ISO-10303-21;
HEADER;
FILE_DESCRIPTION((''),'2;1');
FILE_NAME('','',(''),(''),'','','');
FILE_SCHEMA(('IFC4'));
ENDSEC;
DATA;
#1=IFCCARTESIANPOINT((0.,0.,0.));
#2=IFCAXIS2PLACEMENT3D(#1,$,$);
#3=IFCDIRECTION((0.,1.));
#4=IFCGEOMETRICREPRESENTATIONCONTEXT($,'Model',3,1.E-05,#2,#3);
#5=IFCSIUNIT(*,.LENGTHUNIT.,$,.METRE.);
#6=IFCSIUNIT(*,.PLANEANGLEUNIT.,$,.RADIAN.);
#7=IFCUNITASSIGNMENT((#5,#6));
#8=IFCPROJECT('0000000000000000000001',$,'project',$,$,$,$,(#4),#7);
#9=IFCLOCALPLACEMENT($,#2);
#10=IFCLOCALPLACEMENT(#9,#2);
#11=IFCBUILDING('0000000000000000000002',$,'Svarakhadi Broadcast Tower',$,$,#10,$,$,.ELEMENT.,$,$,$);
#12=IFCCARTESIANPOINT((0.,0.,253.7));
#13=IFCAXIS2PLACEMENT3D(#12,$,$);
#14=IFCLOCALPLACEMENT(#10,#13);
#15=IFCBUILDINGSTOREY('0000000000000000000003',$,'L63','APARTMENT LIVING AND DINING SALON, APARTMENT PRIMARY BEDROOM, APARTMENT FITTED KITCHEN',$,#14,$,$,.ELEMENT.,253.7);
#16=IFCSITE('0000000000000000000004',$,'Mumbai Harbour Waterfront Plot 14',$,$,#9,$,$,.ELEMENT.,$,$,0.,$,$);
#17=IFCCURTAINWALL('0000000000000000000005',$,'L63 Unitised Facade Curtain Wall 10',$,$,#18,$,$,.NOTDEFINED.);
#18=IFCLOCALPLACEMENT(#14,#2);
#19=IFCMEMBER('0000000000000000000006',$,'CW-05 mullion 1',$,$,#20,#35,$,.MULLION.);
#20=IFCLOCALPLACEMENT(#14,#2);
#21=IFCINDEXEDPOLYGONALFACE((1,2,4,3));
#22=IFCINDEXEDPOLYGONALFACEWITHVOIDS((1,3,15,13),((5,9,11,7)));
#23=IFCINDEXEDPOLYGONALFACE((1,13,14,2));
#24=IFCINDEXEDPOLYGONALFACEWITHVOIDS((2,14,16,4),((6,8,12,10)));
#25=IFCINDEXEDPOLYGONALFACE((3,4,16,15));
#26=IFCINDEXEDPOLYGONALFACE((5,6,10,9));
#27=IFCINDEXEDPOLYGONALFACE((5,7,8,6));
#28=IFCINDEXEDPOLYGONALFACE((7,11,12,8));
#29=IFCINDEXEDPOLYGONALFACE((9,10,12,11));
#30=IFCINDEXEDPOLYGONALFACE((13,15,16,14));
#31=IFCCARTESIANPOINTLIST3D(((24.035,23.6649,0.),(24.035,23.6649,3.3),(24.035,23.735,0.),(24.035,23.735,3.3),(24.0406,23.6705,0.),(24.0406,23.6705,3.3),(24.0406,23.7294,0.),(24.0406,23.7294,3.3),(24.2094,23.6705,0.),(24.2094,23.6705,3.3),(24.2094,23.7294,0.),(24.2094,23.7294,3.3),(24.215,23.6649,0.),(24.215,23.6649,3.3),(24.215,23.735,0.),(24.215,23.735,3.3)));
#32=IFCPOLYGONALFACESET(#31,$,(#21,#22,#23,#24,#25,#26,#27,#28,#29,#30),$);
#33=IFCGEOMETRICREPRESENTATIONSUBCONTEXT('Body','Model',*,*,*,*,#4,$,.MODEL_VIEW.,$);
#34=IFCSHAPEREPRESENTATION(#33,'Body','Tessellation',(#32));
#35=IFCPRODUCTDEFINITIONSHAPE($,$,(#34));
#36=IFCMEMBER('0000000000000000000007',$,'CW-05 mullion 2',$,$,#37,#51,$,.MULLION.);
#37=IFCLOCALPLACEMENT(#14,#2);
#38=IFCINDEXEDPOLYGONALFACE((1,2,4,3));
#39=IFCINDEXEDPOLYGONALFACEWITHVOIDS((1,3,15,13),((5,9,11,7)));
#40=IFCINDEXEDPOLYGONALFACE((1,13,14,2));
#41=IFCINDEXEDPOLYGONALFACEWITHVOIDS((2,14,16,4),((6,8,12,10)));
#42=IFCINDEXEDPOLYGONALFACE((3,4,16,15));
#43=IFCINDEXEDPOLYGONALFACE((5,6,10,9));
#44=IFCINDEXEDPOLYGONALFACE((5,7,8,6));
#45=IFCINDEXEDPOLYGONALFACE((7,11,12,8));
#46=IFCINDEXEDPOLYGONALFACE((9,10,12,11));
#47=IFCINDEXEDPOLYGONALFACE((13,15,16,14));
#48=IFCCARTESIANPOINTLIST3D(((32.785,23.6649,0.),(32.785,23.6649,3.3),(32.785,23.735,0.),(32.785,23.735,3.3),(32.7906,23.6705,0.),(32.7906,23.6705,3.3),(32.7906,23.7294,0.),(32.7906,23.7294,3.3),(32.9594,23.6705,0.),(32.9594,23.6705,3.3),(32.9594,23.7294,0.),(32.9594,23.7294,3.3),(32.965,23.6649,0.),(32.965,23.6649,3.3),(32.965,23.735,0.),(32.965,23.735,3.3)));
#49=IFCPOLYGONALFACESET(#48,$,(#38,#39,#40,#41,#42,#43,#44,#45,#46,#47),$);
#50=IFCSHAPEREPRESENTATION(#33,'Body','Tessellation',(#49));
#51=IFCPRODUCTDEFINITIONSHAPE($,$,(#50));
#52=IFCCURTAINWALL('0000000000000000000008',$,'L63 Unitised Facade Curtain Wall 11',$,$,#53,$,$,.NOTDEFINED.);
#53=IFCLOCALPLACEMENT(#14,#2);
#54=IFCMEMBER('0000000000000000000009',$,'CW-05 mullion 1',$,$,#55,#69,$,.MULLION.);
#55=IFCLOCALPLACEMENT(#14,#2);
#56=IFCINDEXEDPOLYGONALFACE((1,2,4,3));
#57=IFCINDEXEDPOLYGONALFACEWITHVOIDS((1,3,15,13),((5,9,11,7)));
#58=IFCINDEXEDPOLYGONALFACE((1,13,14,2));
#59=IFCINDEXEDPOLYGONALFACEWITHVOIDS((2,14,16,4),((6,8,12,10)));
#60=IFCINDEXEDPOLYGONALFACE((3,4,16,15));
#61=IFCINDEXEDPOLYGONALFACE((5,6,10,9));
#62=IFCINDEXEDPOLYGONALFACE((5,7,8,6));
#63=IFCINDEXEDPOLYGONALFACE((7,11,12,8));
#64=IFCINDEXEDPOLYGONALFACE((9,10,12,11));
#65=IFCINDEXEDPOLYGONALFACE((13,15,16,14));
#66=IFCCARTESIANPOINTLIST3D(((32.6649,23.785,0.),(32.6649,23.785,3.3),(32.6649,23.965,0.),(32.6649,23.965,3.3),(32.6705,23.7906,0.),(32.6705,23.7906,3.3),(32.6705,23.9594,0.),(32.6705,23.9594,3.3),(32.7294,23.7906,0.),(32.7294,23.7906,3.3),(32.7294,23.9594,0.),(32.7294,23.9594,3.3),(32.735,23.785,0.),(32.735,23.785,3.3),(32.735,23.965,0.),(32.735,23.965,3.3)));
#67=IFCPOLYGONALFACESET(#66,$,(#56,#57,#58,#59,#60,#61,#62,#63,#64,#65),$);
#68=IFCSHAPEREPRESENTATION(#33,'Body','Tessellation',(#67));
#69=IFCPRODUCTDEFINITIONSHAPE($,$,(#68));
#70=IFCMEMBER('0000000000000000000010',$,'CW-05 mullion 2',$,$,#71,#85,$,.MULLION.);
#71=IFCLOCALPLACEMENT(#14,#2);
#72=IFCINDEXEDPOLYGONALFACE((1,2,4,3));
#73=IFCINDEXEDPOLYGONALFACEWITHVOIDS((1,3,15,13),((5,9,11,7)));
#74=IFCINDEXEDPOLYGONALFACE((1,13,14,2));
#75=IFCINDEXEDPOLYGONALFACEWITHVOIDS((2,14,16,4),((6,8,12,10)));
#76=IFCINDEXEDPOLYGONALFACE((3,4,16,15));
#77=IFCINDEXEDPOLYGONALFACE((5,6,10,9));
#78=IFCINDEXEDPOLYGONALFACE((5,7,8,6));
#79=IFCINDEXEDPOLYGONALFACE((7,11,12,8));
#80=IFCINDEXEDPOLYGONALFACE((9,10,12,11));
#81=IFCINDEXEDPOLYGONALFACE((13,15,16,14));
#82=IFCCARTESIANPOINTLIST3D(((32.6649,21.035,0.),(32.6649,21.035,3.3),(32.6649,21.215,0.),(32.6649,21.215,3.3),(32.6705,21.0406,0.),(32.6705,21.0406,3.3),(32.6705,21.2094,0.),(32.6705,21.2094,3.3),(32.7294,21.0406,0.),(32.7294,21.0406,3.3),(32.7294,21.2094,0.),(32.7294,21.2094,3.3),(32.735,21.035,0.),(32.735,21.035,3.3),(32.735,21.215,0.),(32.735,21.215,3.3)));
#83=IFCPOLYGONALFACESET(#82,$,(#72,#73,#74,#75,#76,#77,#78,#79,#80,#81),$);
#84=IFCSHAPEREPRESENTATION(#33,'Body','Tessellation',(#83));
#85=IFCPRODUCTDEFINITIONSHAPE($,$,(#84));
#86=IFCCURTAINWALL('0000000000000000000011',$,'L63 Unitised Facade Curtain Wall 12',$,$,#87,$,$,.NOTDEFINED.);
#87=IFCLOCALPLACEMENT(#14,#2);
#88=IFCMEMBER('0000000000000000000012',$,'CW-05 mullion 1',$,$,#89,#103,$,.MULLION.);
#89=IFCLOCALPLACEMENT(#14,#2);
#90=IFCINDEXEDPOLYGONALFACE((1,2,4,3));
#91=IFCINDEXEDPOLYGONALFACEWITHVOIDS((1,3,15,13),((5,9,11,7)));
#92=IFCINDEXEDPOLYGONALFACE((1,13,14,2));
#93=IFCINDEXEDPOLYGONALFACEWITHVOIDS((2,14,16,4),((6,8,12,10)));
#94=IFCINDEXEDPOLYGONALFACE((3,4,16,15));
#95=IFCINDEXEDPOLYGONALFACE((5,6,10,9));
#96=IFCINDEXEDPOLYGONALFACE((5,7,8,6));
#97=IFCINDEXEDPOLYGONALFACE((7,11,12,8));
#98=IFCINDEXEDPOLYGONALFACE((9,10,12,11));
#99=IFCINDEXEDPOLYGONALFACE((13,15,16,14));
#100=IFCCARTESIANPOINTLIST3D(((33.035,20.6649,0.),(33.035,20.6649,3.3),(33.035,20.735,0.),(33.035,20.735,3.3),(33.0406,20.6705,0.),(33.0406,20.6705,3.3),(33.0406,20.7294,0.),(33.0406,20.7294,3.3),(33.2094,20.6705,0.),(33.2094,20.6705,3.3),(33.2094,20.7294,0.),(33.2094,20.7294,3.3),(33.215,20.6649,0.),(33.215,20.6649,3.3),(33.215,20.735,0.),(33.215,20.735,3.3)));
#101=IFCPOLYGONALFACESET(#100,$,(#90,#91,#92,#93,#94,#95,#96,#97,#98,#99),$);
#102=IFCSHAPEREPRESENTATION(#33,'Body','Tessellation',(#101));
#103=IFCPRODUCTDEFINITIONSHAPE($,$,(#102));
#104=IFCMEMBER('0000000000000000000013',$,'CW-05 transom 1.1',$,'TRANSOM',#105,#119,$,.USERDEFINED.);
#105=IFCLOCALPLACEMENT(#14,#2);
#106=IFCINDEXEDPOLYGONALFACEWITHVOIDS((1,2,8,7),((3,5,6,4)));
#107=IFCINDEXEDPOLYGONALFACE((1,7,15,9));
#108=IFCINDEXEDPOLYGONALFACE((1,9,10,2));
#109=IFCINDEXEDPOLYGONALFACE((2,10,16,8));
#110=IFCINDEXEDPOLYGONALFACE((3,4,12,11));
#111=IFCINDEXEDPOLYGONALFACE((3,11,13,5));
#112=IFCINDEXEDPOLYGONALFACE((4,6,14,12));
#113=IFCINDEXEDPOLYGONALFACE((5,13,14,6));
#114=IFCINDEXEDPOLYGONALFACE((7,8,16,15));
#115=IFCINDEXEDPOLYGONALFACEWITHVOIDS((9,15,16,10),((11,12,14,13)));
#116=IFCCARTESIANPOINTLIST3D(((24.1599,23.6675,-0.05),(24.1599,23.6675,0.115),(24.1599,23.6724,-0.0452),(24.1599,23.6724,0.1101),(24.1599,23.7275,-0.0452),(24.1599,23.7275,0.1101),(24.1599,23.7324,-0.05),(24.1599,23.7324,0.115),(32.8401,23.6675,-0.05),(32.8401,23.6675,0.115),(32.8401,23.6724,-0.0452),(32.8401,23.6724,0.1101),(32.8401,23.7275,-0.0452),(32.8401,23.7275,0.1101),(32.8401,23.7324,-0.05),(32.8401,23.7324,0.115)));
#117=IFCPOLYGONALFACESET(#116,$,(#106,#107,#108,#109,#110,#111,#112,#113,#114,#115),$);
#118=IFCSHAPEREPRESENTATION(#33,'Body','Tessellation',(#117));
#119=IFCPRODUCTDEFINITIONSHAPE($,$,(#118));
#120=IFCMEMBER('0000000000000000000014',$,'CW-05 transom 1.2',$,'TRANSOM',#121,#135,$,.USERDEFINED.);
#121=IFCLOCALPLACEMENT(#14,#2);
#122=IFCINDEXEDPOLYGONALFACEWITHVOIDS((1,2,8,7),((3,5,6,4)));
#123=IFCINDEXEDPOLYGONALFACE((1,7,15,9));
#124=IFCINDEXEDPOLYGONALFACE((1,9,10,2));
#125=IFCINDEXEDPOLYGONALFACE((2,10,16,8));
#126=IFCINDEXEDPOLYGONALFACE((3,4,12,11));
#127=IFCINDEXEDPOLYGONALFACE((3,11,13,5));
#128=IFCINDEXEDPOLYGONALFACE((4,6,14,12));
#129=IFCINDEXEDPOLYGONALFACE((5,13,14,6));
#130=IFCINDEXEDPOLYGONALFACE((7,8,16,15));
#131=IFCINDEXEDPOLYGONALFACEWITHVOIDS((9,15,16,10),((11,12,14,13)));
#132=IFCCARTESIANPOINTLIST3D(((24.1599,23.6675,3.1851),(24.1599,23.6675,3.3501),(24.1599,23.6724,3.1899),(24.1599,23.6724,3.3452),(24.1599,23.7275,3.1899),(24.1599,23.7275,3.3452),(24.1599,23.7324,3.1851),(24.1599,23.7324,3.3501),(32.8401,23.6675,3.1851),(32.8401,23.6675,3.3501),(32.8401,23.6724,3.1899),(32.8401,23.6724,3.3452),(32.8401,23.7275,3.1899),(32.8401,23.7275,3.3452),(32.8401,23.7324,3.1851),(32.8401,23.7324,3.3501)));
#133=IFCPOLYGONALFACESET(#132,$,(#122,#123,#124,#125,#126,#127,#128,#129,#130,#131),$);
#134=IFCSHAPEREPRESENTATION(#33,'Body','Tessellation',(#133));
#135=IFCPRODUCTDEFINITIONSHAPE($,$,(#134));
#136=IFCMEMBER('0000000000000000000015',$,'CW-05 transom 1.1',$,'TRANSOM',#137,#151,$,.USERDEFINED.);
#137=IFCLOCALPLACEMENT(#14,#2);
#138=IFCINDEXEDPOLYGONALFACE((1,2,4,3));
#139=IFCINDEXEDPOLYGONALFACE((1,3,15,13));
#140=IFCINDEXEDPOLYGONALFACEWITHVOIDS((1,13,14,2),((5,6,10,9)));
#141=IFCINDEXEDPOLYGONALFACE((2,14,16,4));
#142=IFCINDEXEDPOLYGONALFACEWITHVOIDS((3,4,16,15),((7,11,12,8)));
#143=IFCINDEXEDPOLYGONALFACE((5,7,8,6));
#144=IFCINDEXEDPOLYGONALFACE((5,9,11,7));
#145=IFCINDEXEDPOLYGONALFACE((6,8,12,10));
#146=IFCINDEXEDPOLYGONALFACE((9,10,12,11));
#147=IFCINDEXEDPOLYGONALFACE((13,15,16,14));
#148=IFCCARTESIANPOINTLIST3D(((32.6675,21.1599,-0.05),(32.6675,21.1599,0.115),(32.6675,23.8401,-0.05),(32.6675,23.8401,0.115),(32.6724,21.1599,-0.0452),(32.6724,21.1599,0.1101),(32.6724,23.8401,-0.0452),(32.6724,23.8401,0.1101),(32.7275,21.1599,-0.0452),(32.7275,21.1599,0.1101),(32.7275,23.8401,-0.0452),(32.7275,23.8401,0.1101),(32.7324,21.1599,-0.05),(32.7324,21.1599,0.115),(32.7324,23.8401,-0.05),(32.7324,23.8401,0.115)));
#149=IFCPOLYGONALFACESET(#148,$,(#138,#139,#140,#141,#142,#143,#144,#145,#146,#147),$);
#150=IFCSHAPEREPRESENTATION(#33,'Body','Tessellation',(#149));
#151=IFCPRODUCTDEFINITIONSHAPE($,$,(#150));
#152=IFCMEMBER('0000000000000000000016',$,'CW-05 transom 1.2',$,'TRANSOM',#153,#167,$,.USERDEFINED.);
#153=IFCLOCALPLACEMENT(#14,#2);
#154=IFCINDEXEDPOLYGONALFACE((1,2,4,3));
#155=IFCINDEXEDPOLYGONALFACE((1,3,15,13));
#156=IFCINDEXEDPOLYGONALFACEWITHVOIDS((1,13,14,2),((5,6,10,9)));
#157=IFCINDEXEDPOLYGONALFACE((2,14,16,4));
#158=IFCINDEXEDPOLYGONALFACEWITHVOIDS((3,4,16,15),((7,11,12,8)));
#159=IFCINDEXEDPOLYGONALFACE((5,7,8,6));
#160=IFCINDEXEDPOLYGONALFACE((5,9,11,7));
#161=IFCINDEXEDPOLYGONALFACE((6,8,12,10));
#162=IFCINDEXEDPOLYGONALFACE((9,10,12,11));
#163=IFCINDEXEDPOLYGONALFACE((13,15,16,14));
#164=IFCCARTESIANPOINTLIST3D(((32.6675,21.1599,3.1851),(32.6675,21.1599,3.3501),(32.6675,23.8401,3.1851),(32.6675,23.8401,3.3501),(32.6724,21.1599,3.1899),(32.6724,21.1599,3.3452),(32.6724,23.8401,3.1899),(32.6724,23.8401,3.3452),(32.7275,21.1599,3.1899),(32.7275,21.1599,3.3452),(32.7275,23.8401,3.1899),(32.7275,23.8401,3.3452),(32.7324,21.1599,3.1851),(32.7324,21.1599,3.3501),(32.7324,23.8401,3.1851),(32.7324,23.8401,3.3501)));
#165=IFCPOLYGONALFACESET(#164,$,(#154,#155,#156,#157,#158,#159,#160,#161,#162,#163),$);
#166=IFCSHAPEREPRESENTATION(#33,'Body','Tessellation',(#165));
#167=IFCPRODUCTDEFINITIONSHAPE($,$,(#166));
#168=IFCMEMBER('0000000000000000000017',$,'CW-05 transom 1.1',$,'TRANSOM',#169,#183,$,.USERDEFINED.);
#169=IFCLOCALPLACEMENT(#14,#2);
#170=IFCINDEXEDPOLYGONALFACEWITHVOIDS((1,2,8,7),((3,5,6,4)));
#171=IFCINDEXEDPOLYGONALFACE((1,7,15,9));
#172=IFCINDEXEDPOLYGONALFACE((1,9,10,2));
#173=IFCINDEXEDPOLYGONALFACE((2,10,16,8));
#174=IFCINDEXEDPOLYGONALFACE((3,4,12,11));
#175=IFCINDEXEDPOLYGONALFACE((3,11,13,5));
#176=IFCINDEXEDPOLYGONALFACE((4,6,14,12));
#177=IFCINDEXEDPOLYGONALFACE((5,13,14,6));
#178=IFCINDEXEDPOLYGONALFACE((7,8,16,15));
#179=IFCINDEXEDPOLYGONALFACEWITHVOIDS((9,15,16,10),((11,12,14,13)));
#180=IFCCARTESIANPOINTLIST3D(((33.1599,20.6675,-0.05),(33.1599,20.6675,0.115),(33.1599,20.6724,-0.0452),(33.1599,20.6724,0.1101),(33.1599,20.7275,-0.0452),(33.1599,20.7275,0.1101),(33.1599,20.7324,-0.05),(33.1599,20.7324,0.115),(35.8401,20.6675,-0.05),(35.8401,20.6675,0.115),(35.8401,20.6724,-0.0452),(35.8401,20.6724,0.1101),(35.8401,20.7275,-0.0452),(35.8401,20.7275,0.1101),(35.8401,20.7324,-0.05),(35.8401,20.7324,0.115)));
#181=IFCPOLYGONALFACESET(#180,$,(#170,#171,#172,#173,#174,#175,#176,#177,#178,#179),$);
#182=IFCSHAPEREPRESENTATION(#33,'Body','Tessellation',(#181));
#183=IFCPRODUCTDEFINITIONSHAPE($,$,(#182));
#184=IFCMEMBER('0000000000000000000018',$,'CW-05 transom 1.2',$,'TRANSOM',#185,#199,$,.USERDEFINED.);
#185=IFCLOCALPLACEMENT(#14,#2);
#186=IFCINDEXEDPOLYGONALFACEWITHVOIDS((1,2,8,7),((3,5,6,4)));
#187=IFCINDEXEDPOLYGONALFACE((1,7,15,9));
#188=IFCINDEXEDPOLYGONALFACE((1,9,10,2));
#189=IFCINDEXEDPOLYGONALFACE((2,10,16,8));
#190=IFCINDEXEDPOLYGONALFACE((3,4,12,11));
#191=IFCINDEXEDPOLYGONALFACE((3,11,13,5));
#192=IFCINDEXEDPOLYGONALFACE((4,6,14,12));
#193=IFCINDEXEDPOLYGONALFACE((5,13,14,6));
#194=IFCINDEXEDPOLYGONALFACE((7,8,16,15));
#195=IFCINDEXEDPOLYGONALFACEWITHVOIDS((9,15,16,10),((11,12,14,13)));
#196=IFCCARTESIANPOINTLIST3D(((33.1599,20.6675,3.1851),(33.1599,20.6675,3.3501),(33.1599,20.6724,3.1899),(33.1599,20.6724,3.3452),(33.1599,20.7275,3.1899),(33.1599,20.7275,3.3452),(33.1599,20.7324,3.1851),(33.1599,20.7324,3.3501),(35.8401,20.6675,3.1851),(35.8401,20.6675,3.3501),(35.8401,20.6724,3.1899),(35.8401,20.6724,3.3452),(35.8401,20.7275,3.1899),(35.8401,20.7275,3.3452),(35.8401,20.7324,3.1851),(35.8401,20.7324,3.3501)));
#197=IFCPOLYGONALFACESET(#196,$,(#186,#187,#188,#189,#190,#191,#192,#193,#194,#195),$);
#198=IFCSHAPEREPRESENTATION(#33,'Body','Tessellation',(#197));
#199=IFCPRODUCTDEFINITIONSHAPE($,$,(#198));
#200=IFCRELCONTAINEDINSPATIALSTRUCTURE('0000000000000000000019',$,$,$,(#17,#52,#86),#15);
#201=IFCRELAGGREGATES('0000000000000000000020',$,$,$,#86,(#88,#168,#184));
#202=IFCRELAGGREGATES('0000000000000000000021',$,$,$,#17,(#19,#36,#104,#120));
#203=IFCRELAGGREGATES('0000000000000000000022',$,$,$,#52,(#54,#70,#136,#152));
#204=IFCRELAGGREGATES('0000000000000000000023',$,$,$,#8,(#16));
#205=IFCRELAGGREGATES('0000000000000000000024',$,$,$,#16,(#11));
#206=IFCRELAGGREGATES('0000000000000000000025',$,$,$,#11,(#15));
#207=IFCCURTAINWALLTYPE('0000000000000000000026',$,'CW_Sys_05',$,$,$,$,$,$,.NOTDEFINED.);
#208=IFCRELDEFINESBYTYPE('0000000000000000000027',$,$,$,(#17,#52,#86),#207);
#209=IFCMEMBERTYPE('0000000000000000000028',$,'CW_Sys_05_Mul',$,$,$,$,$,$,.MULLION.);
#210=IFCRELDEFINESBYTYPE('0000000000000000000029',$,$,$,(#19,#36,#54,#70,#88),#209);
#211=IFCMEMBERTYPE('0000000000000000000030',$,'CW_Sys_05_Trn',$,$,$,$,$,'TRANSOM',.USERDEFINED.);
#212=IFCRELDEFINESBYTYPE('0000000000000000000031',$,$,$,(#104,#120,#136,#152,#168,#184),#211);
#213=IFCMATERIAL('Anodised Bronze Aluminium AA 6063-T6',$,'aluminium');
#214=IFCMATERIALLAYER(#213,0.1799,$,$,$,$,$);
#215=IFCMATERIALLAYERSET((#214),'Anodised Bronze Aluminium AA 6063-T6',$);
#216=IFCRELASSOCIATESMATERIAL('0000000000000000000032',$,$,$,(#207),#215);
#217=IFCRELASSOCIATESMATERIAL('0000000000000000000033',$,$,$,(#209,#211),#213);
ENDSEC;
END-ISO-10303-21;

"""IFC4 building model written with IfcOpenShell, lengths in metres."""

from ifc_helpers import new_model, si_unit, direction, frame, origin, origin_2d, place, context, subcontext, project, spatial, hollow_rectangle, extrude, material, layer, layer_set, material_profile, profile_set, type_object, element, aggregate, save


model = new_model("IFC4")

# Units and contexts
model_context = context("Model", 3, precision=1e-05, world=origin(), true_north=direction((0.0, 1.0)))
body_context = subcontext(model_context, "Body", "Model", "MODEL_VIEW")
ifc_project = project(units=[si_unit("LENGTHUNIT", "METRE"), si_unit("PLANEANGLEUNIT", "RADIAN")], contexts=[model_context])

# Site, building, storey
site_placement = place(None, origin())
site = spatial("IfcSite", under=ifc_project, at=site_placement, Name="Mumbai Harbour Waterfront Plot 14", CompositionType="ELEMENT", RefElevation=0.0)
building_placement = place(site_placement, origin())
building = spatial("IfcBuilding", under=site, at=building_placement, Name="Svarakhadi Broadcast Tower", CompositionType="ELEMENT")
storey_placement = place(building_placement, frame((0.0, 0.0, 253.7)))
storey = spatial("IfcBuildingStorey", under=building, at=storey_placement, Name="L63", Description="APARTMENT LIVING AND DINING SALON, APARTMENT PRIMARY BEDROOM, APARTMENT FITTED KITCHEN", CompositionType="ELEMENT", Elevation=253.7)

# Curtain walls, members
ifc_material_1 = material(Name="Anodised Bronze Aluminium AA 6063-T6", Category="aluminium")
ifc_layer_1 = layer(ifc_material_1, 0.1799)
ifc_layer_set_1 = layer_set([ifc_layer_1], Name="Anodised Bronze Aluminium AA 6063-T6")
curtain_wall_type = type_object("IfcCurtainWallType", Name="CW_Sys_05", PredefinedType="NOTDEFINED", material=ifc_layer_set_1)
curtain_wall_1_placement = place(storey_placement, origin())
curtain_wall_1 = element("IfcCurtainWall", 1, at=curtain_wall_1_placement, inside=storey, type_object=curtain_wall_type, Name="L63 Unitised Facade Curtain Wall 10", PredefinedType="NOTDEFINED")
ifc_material_profile_1 = material_profile(ifc_material_1, hollow_rectangle(XDim=0.0701, YDim=0.1799, WallThickness=0.0056, at=origin_2d()), Name="ALU MULLION 180x70x6")
ifc_profile_set_1 = profile_set([ifc_material_profile_1], Name="Anodised Bronze Aluminium AA 6063-T6")
member_type_1 = type_object("IfcMemberType", Name="CW_Sys_05_Mul", PredefinedType="MULLION", material=ifc_profile_set_1)
member_1_placement = place(storey_placement, frame((24.125, 23.7, 0.0), z_axis=(0.0, 0.0, 1.0), x_axis=(0.0, 1.0, 0.0)))
member_1 = element("IfcMember", 2, at=member_1_placement, type_object=member_type_1, Name="CW-05 mullion 1", PredefinedType="MULLION", context=body_context, shape_type="SweptSolid", body=[
    extrude(hollow_rectangle(XDim=0.0701, YDim=0.1799, WallThickness=0.0056, at=origin_2d()), origin(), (0.0, 0.0, 1.0), 3.3),
])
member_2_placement = place(storey_placement, frame((32.875, 23.7, 0.0), z_axis=(0.0, 0.0, 1.0), x_axis=(0.0, 1.0, 0.0)))
member_2 = element("IfcMember", 3, at=member_2_placement, type_object=member_type_1, Name="CW-05 mullion 2", PredefinedType="MULLION", context=body_context, shape_type="SweptSolid", body=[
    extrude(hollow_rectangle(XDim=0.0701, YDim=0.1799, WallThickness=0.0056, at=origin_2d()), origin(), (0.0, 0.0, 1.0), 3.3),
])
curtain_wall_2_placement = place(storey_placement, origin())
curtain_wall_2 = element("IfcCurtainWall", 4, at=curtain_wall_2_placement, inside=storey, type_object=curtain_wall_type, Name="L63 Unitised Facade Curtain Wall 11", PredefinedType="NOTDEFINED")
member_3_placement = place(storey_placement, frame((32.7, 23.875, 0.0), z_axis=(0.0, 0.0, 1.0), x_axis=(1.0, 0.0, 0.0)))
member_3 = element("IfcMember", 5, at=member_3_placement, type_object=member_type_1, Name="CW-05 mullion 1", PredefinedType="MULLION", context=body_context, shape_type="SweptSolid", body=[
    extrude(hollow_rectangle(XDim=0.0701, YDim=0.1799, WallThickness=0.0056, at=origin_2d()), origin(), (0.0, 0.0, 1.0), 3.3),
])
member_4_placement = place(storey_placement, frame((32.7, 21.125, 0.0), z_axis=(0.0, 0.0, 1.0), x_axis=(1.0, 0.0, 0.0)))
member_4 = element("IfcMember", 6, at=member_4_placement, type_object=member_type_1, Name="CW-05 mullion 2", PredefinedType="MULLION", context=body_context, shape_type="SweptSolid", body=[
    extrude(hollow_rectangle(XDim=0.0701, YDim=0.1799, WallThickness=0.0056, at=origin_2d()), origin(), (0.0, 0.0, 1.0), 3.3),
])

# Curtain wall, member
curtain_wall_3_placement = place(storey_placement, origin())
curtain_wall_3 = element("IfcCurtainWall", 7, at=curtain_wall_3_placement, inside=storey, type_object=curtain_wall_type, Name="L63 Unitised Facade Curtain Wall 12", PredefinedType="NOTDEFINED")
member_5_placement = place(storey_placement, frame((33.125, 20.7, 0.0), z_axis=(0.0, 0.0, 1.0), x_axis=(0.0, 1.0, 0.0)))
member_5 = element("IfcMember", 8, at=member_5_placement, type_object=member_type_1, Name="CW-05 mullion 1", PredefinedType="MULLION", context=body_context, shape_type="SweptSolid", body=[
    extrude(hollow_rectangle(XDim=0.0701, YDim=0.1799, WallThickness=0.0056, at=origin_2d()), origin(), (0.0, 0.0, 1.0), 3.3),
])

# Members
ifc_material_profile_2 = material_profile(ifc_material_1, hollow_rectangle(XDim=0.0649, YDim=0.165, WallThickness=0.0049, at=origin_2d()), Name="ALU TRANSOM 165x65x5")
ifc_profile_set_2 = profile_set([ifc_material_profile_2], Name="Anodised Bronze Aluminium AA 6063-T6")
member_type_2 = type_object("IfcMemberType", Name="CW_Sys_05_Trn", ElementType="TRANSOM", PredefinedType="USERDEFINED", material=ifc_profile_set_2)
member_6_placement = place(storey_placement, frame((24.1599, 23.7, 0.0325), z_axis=(1.0, 0.0, 0.0), x_axis=(0.0, 1.0, 0.0)))
member_6 = element("IfcMember", 9, at=member_6_placement, type_object=member_type_2, Name="CW-05 transom 1.1", ObjectType="TRANSOM", PredefinedType="USERDEFINED", context=body_context, shape_type="SweptSolid", body=[
    extrude(hollow_rectangle(XDim=0.0649, YDim=0.165, WallThickness=0.0049, at=origin_2d()), origin(), (0.0, 0.0, 1.0), 8.6802),
])
member_7_placement = place(storey_placement, frame((24.1599, 23.7, 3.2676), z_axis=(1.0, 0.0, 0.0), x_axis=(0.0, 1.0, 0.0)))
member_7 = element("IfcMember", 10, at=member_7_placement, type_object=member_type_2, Name="CW-05 transom 1.2", ObjectType="TRANSOM", PredefinedType="USERDEFINED", context=body_context, shape_type="SweptSolid", body=[
    extrude(hollow_rectangle(XDim=0.0649, YDim=0.165, WallThickness=0.0049, at=origin_2d()), origin(), (0.0, 0.0, 1.0), 8.6802),
])
member_8_placement = place(storey_placement, frame((32.7, 23.8401, 0.0325), z_axis=(0.0, -1.0, 0.0), x_axis=(1.0, 0.0, 0.0)))
member_8 = element("IfcMember", 11, at=member_8_placement, type_object=member_type_2, Name="CW-05 transom 1.1", ObjectType="TRANSOM", PredefinedType="USERDEFINED", context=body_context, shape_type="SweptSolid", body=[
    extrude(hollow_rectangle(XDim=0.0649, YDim=0.165, WallThickness=0.0049, at=origin_2d()), origin(), (0.0, 0.0, 1.0), 2.6802),
])
member_9_placement = place(storey_placement, frame((32.7, 23.8401, 3.2676), z_axis=(0.0, -1.0, 0.0), x_axis=(1.0, 0.0, 0.0)))
member_9 = element("IfcMember", 12, at=member_9_placement, type_object=member_type_2, Name="CW-05 transom 1.2", ObjectType="TRANSOM", PredefinedType="USERDEFINED", context=body_context, shape_type="SweptSolid", body=[
    extrude(hollow_rectangle(XDim=0.0649, YDim=0.165, WallThickness=0.0049, at=origin_2d()), origin(), (0.0, 0.0, 1.0), 2.6802),
])
member_10_placement = place(storey_placement, frame((33.1599, 20.7, 0.0325), z_axis=(1.0, 0.0, 0.0), x_axis=(0.0, 1.0, 0.0)))
member_10 = element("IfcMember", 13, at=member_10_placement, type_object=member_type_2, Name="CW-05 transom 1.1", ObjectType="TRANSOM", PredefinedType="USERDEFINED", context=body_context, shape_type="SweptSolid", body=[
    extrude(hollow_rectangle(XDim=0.0649, YDim=0.165, WallThickness=0.0049, at=origin_2d()), origin(), (0.0, 0.0, 1.0), 2.6802),
])
member_11_placement = place(storey_placement, frame((33.1599, 20.7, 3.2676), z_axis=(1.0, 0.0, 0.0), x_axis=(0.0, 1.0, 0.0)))
member_11 = element("IfcMember", 14, at=member_11_placement, type_object=member_type_2, Name="CW-05 transom 1.2", ObjectType="TRANSOM", PredefinedType="USERDEFINED", context=body_context, shape_type="SweptSolid", body=[
    extrude(hollow_rectangle(XDim=0.0649, YDim=0.165, WallThickness=0.0049, at=origin_2d()), origin(), (0.0, 0.0, 1.0), 2.6802),
])
aggregate(curtain_wall_3, [member_5, member_10, member_11])

aggregate(curtain_wall_1, [member_1, member_2, member_6, member_7])
aggregate(curtain_wall_2, [member_3, member_4, member_8, member_9])

save(model, "model.ifc")
